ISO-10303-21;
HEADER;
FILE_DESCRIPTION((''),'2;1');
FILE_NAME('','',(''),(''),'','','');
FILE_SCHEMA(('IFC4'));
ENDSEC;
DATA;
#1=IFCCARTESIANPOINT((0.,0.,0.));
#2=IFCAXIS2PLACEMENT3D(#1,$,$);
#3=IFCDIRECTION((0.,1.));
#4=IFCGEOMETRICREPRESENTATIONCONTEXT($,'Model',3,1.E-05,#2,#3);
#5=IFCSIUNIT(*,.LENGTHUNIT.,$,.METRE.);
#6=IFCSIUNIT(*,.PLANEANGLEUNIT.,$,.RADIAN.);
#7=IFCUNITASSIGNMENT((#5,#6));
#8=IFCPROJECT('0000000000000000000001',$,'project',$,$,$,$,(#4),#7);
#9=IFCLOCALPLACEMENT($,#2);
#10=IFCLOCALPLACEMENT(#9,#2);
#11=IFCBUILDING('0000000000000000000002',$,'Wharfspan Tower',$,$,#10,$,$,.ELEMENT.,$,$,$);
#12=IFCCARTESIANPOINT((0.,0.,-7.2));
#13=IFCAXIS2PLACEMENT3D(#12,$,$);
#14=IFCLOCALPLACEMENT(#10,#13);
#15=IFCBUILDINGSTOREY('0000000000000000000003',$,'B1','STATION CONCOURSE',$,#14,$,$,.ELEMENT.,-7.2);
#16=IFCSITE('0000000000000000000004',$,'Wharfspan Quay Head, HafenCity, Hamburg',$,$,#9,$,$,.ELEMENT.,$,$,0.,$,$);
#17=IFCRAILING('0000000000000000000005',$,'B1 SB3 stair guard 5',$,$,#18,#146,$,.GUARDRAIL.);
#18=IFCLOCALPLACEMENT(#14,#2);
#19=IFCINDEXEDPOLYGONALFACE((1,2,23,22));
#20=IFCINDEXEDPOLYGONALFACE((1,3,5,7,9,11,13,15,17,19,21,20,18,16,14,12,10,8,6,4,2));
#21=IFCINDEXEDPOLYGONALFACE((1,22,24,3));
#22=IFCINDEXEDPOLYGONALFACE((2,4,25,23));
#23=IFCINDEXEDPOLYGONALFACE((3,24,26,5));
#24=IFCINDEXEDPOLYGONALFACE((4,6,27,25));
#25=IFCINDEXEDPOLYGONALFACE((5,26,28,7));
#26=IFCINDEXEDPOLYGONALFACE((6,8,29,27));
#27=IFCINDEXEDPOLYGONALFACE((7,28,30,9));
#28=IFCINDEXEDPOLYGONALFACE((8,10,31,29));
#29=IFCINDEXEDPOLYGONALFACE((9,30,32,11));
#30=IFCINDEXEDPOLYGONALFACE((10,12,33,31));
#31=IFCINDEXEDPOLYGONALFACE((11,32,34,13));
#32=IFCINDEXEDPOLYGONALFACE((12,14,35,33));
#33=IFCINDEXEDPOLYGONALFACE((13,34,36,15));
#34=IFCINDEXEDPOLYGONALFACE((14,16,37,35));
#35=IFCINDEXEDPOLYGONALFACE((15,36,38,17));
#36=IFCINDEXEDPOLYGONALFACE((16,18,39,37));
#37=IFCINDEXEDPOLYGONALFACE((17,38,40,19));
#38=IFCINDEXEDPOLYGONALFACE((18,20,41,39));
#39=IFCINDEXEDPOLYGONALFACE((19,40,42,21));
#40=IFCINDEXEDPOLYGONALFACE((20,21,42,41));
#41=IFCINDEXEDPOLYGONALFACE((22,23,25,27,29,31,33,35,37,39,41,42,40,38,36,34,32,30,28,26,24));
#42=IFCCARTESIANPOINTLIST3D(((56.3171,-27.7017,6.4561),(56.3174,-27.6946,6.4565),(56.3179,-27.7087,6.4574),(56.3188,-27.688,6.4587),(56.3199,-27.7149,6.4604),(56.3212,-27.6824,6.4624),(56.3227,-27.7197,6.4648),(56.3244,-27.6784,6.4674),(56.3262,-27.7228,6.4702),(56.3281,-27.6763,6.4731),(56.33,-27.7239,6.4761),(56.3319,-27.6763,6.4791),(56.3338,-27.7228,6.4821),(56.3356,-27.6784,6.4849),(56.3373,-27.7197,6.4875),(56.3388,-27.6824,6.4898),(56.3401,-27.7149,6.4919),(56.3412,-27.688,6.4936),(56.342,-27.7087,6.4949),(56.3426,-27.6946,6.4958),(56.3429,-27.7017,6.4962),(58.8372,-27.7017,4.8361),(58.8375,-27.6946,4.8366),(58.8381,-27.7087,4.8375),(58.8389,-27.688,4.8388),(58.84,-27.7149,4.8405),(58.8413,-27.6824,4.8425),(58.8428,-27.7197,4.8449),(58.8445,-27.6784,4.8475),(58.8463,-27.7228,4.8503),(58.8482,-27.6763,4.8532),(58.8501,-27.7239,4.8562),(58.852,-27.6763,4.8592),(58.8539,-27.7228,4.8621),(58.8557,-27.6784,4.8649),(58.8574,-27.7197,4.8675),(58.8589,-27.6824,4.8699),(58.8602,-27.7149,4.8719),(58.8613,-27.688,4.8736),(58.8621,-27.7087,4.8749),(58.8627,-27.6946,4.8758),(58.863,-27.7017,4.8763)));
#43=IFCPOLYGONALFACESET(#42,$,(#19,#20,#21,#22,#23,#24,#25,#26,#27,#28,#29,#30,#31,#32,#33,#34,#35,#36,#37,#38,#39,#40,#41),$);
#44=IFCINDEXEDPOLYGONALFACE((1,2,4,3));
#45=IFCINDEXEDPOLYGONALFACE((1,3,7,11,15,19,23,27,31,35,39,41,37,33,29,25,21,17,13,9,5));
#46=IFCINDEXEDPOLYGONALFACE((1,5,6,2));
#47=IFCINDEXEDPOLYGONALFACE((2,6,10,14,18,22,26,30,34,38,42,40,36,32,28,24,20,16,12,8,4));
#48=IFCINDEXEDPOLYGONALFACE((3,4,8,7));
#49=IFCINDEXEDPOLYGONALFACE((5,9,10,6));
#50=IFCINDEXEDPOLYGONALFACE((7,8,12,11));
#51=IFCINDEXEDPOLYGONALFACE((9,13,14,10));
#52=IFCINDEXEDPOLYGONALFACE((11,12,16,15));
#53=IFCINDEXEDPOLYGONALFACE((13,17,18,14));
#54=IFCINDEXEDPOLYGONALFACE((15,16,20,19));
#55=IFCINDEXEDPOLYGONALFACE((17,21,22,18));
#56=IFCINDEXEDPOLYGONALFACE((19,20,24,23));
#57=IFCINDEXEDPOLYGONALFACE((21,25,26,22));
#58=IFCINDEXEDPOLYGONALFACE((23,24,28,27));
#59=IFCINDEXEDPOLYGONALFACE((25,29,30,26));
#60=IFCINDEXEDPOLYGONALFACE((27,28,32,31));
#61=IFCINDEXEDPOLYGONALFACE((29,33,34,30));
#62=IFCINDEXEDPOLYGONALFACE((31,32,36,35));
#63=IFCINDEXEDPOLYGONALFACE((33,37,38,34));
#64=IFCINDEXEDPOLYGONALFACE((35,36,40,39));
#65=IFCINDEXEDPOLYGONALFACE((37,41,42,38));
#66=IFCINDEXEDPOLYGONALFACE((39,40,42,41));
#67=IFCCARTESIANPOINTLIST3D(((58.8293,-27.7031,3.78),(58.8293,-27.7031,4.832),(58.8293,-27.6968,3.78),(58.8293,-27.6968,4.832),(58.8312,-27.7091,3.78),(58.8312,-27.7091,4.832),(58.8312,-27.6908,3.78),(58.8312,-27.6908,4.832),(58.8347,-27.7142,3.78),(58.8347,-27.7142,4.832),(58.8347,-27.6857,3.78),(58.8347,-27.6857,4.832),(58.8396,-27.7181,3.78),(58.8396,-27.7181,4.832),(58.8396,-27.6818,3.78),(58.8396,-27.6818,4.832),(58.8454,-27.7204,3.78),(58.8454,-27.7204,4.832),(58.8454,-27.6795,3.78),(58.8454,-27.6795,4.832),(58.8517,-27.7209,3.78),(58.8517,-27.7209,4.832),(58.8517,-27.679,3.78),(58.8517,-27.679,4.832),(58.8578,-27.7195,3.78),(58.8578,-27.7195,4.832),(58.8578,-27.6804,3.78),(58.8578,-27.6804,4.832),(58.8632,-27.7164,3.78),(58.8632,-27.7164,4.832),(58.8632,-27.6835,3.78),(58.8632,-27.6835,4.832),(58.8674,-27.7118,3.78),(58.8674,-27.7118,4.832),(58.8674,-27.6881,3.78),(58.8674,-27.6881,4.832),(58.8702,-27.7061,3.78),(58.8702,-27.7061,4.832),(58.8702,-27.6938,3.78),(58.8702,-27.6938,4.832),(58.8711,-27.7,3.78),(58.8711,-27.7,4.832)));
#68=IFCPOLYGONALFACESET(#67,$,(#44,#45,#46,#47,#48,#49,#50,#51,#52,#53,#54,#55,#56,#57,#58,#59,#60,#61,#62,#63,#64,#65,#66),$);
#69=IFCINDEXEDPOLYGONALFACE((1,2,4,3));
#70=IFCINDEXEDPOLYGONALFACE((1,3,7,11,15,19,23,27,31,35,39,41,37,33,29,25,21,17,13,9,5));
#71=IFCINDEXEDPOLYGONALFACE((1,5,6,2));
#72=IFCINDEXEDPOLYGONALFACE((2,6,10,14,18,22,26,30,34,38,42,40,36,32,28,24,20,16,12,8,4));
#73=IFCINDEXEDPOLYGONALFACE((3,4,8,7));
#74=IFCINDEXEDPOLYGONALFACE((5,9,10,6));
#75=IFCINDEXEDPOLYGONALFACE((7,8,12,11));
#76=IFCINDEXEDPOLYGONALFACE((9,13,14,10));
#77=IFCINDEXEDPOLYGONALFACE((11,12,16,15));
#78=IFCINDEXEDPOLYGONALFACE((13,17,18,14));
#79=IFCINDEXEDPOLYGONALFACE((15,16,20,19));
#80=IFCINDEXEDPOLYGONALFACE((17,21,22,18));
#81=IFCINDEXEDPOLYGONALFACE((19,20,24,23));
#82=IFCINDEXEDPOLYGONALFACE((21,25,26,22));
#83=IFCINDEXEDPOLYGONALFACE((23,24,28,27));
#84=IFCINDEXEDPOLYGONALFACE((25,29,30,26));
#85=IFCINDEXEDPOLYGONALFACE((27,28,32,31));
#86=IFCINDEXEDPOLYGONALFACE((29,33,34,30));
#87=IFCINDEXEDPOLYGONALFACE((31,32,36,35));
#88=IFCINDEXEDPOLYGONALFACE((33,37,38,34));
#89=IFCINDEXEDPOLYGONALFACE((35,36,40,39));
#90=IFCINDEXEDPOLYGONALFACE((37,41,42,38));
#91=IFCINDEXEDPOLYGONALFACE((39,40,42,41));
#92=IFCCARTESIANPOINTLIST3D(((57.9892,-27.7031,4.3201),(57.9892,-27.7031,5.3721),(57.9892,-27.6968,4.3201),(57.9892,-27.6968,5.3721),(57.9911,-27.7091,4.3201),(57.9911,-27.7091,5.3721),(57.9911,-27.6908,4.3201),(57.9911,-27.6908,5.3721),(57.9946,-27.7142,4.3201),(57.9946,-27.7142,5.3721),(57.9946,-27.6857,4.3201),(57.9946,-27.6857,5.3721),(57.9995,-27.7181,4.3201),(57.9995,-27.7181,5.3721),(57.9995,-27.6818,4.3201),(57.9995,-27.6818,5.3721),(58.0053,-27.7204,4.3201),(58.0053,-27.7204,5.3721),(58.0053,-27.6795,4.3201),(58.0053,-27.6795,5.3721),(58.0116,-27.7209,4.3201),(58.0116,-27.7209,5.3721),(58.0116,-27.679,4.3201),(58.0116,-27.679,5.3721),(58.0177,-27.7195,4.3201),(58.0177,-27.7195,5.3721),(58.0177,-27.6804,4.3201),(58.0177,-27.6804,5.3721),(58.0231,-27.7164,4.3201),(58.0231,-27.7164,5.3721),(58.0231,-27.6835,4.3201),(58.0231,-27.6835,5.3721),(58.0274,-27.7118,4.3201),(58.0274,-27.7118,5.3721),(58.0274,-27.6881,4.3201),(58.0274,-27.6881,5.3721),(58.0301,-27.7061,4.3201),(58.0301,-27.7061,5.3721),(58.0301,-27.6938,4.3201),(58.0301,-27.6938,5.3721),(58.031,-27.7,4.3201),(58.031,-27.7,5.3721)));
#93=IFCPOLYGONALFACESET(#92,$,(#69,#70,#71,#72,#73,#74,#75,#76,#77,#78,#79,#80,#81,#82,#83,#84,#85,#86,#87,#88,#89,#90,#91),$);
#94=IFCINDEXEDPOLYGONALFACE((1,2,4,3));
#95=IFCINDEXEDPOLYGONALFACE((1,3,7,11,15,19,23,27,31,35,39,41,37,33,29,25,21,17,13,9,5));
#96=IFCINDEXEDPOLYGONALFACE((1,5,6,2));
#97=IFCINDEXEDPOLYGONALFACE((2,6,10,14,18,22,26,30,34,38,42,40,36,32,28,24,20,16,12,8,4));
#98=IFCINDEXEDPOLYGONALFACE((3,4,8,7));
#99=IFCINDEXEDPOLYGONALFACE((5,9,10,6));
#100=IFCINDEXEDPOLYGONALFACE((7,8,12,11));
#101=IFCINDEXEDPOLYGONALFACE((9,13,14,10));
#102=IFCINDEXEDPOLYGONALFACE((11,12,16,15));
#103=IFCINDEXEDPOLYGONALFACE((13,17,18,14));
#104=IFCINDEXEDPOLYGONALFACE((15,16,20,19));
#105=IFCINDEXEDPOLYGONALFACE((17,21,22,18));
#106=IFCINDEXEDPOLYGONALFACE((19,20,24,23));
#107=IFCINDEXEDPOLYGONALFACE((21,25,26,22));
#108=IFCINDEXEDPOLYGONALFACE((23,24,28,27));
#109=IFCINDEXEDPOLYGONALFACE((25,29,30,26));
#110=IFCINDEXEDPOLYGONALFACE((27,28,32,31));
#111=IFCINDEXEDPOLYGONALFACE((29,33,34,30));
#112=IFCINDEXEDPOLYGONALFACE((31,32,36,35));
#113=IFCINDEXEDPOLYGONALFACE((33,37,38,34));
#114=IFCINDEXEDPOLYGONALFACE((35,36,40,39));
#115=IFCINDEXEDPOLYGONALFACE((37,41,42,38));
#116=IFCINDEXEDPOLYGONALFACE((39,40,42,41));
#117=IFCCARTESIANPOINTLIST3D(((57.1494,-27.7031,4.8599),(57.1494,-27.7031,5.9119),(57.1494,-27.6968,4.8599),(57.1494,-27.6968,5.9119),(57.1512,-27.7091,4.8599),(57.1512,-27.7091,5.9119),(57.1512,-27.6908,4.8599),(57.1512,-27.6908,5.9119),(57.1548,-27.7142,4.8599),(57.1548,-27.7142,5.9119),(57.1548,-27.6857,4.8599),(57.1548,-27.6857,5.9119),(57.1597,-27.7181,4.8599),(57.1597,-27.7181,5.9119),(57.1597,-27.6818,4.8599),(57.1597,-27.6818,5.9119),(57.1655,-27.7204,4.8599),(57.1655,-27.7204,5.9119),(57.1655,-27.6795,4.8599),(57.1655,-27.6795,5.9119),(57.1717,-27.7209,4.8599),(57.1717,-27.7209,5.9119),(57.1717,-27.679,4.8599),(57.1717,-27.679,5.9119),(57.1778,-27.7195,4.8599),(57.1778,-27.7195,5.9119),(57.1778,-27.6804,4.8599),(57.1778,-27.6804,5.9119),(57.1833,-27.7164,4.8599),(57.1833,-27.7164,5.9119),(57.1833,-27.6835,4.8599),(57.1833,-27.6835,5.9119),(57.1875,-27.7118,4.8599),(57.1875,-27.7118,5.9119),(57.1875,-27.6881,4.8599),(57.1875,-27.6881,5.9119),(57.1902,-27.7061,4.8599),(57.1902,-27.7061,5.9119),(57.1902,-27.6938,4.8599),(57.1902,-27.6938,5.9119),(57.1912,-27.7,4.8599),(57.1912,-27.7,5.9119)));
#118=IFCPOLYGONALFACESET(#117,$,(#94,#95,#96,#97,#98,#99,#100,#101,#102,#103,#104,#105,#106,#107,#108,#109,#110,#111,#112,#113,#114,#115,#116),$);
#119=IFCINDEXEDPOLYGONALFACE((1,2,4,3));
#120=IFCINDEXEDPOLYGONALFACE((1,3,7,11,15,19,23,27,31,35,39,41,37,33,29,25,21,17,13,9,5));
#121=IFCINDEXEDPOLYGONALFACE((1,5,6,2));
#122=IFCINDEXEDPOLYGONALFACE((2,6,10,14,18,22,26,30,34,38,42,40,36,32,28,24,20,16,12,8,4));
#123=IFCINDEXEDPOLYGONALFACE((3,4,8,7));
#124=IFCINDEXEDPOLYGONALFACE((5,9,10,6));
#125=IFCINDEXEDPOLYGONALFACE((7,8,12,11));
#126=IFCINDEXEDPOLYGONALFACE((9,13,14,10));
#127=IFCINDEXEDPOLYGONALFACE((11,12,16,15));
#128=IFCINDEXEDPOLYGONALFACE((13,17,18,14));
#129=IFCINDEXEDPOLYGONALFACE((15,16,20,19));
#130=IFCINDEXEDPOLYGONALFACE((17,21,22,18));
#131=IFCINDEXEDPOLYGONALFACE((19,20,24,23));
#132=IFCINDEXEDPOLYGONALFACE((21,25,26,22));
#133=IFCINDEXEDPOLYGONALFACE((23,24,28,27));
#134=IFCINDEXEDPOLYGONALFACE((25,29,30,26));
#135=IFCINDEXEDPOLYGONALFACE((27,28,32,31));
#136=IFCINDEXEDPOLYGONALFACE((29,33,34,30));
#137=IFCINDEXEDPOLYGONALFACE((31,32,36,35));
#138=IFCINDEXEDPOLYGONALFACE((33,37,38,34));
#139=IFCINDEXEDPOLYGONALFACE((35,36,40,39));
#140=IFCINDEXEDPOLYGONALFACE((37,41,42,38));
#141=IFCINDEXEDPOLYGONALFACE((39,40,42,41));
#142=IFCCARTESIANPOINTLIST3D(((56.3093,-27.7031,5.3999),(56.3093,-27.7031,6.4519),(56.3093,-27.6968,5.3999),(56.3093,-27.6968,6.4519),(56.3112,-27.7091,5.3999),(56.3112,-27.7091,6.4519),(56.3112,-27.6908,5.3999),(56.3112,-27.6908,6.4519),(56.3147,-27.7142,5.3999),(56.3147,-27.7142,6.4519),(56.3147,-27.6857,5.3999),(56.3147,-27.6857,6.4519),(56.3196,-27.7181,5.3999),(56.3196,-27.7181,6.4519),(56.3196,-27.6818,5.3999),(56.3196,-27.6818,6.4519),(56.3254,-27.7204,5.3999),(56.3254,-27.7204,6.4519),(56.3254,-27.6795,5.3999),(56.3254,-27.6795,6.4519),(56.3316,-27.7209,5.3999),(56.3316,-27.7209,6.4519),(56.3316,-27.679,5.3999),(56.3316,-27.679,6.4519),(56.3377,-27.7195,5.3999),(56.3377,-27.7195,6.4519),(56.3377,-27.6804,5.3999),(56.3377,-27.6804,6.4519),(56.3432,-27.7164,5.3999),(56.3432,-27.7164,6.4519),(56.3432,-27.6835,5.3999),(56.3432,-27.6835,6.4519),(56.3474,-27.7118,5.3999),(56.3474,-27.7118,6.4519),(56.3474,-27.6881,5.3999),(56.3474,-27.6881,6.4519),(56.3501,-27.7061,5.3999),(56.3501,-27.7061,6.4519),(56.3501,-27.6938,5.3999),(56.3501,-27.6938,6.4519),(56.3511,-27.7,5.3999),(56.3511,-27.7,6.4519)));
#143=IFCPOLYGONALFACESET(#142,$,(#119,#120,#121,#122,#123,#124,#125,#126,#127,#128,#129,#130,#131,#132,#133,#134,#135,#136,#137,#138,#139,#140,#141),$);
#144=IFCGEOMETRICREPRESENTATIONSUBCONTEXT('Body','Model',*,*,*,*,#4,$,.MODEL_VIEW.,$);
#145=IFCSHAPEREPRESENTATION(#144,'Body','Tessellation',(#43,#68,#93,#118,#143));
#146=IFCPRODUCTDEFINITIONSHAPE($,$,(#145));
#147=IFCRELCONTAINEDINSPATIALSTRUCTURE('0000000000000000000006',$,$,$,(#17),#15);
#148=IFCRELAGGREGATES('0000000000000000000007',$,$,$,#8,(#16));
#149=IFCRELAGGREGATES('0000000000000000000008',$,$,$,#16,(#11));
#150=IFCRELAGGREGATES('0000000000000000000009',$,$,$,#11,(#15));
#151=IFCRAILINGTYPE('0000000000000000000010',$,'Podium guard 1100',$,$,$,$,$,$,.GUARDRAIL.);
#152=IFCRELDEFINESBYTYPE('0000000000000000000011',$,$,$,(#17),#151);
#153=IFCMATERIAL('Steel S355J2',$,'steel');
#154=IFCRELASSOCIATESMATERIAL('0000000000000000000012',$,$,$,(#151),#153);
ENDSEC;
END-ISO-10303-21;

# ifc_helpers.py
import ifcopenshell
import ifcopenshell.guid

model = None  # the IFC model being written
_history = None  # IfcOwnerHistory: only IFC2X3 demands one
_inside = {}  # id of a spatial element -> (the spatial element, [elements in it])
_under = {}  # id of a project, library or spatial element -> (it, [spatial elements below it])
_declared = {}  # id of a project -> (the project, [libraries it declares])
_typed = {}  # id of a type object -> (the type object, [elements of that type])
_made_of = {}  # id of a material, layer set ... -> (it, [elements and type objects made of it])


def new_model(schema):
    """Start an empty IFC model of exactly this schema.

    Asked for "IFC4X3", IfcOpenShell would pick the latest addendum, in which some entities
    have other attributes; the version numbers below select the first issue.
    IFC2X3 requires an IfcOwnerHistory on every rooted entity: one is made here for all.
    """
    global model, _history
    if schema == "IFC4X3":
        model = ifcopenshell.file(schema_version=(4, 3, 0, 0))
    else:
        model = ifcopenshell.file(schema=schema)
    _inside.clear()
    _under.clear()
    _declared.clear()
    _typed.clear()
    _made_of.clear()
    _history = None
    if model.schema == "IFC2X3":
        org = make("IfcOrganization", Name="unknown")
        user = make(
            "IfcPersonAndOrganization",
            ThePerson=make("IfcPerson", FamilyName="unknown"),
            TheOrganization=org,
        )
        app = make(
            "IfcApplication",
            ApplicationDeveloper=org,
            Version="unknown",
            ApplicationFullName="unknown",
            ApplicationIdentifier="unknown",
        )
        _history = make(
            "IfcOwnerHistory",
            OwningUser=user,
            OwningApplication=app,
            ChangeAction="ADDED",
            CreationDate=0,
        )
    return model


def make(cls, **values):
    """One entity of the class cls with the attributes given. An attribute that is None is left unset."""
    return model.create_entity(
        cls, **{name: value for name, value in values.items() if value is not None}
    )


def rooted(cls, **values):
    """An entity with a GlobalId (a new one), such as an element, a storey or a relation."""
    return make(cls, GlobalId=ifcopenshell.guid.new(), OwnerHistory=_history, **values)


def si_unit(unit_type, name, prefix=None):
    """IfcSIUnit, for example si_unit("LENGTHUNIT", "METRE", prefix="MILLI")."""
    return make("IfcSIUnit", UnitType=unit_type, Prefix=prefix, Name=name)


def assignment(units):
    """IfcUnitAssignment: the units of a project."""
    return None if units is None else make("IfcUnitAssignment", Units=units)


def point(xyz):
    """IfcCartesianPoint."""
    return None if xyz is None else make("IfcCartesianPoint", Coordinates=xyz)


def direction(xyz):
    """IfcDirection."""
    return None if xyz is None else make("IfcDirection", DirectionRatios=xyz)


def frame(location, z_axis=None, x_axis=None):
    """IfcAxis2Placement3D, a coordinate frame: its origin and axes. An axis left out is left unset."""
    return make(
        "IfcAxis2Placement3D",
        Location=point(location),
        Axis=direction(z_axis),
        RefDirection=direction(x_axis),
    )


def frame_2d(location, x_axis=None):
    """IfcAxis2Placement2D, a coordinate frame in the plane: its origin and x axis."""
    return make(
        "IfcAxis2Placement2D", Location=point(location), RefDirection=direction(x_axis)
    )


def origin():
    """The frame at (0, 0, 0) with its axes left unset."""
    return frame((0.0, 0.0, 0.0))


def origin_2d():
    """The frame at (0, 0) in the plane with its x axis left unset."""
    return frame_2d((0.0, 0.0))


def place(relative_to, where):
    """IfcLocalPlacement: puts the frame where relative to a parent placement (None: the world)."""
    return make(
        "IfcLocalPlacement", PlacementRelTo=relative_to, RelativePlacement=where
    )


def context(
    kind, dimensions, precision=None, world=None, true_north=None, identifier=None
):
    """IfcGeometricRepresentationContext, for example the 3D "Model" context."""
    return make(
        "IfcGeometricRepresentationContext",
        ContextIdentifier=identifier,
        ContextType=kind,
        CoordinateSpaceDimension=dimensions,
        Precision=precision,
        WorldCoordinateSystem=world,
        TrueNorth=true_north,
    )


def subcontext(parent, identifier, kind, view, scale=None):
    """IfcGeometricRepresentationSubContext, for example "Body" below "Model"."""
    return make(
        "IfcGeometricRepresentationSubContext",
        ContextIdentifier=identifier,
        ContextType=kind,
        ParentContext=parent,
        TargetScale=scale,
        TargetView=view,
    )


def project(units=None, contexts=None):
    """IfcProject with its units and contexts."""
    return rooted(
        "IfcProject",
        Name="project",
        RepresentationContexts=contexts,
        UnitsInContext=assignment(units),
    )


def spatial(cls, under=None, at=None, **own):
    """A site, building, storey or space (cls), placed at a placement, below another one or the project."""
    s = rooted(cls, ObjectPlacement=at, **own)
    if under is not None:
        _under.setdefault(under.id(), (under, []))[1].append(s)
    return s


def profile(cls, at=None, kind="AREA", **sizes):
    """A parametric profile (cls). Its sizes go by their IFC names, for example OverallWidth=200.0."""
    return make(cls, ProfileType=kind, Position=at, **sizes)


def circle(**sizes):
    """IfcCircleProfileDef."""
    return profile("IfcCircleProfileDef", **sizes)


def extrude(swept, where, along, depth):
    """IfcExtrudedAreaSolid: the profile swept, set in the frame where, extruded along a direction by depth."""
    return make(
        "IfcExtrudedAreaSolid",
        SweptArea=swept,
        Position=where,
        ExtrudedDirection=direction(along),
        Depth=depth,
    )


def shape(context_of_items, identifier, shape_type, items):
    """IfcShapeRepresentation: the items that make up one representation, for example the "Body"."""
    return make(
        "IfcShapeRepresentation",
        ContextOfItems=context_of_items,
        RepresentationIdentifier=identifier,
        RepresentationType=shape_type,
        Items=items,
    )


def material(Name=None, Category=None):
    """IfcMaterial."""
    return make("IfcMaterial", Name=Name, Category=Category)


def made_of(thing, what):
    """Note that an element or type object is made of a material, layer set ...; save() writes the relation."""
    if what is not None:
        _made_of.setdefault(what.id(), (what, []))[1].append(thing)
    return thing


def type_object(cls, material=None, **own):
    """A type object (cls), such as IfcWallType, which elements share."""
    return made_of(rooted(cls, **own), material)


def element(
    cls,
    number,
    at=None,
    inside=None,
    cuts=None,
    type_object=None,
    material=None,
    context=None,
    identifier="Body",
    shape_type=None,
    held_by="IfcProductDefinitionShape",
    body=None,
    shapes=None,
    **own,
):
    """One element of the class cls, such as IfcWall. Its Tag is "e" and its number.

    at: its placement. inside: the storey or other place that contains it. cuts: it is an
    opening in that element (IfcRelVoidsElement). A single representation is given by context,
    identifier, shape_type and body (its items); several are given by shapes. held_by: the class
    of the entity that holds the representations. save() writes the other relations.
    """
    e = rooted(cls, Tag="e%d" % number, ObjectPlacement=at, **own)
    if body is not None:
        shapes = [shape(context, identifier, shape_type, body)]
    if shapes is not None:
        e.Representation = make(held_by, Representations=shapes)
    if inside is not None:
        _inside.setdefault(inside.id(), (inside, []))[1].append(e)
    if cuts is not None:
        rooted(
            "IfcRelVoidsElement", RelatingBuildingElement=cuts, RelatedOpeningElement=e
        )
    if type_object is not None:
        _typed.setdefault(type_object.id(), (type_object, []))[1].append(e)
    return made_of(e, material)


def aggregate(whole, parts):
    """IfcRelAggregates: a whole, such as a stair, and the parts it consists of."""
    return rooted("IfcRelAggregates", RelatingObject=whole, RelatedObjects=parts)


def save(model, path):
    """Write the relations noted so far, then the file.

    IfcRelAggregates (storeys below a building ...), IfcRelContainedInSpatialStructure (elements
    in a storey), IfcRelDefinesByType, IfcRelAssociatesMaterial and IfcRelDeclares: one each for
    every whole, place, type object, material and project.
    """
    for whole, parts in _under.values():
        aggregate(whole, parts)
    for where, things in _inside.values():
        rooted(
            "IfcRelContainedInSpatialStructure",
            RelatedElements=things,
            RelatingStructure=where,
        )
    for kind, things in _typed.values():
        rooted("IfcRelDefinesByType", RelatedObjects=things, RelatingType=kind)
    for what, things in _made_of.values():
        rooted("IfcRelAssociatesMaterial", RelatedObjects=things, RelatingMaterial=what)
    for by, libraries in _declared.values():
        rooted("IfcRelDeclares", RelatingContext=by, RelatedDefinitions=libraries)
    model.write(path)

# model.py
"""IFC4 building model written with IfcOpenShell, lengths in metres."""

from ifc_helpers import new_model, si_unit, direction, frame, origin, origin_2d, place, context, subcontext, project, spatial, circle, extrude, material, type_object, element, save


model = new_model("IFC4")

# Units and contexts
model_context = context("Model", 3, precision=1e-05, world=origin(), true_north=direction((0.0, 1.0)))
body_context = subcontext(model_context, "Body", "Model", "MODEL_VIEW")
ifc_project = project(units=[si_unit("LENGTHUNIT", "METRE"), si_unit("PLANEANGLEUNIT", "RADIAN")], contexts=[model_context])

# Site, building, storey
site_placement = place(None, origin())
site = spatial("IfcSite", under=ifc_project, at=site_placement, Name="Wharfspan Quay Head, HafenCity, Hamburg", CompositionType="ELEMENT", RefElevation=0.0)
building_placement = place(site_placement, origin())
building = spatial("IfcBuilding", under=site, at=building_placement, Name="Wharfspan Tower", CompositionType="ELEMENT")
storey_placement = place(building_placement, frame((0.0, 0.0, -7.2)))
storey = spatial("IfcBuildingStorey", under=building, at=storey_placement, Name="B1", Description="STATION CONCOURSE", CompositionType="ELEMENT", Elevation=-7.2)

# Railing
ifc_material_1 = material(Name="Steel S355J2", Category="steel")
railing_type_1 = type_object("IfcRailingType", Name="Podium guard 1100", PredefinedType="GUARDRAIL", material=ifc_material_1)
railing_1_placement = place(storey_placement, frame((58.8501, -27.7, 3.78)))
element("IfcRailing", 1, at=railing_1_placement, inside=storey, type_object=railing_type_1, Name="B1 SB3 stair guard 5", PredefinedType="GUARDRAIL", context=body_context, shape_type="SweptSolid", body=[
    extrude(circle(Radius=0.0239, at=origin_2d()), frame((0.0, 0.0, 1.0762), z_axis=(-0.8412, 0.0, 0.540725), x_axis=(0.0, -1.0, 0.0)), (0.0, 0.0, 1.0), 2.9958),
    extrude(circle(Radius=0.021, at=origin_2d()), origin(), (0.0, 0.0, 1.0), 1.052),
    extrude(circle(Radius=0.021, at=origin_2d()), frame((-0.8401, 0.0, 0.54)), (0.0, 0.0, 1.0), 1.052),
    extrude(circle(Radius=0.021, at=origin_2d()), frame((-1.6799, 0.0, 1.0798)), (0.0, 0.0, 1.0), 1.052),
    extrude(circle(Radius=0.021, at=origin_2d()), frame((-2.52, 0.0, 1.6199)), (0.0, 0.0, 1.0), 1.052),
])

save(model, "model.ifc")
